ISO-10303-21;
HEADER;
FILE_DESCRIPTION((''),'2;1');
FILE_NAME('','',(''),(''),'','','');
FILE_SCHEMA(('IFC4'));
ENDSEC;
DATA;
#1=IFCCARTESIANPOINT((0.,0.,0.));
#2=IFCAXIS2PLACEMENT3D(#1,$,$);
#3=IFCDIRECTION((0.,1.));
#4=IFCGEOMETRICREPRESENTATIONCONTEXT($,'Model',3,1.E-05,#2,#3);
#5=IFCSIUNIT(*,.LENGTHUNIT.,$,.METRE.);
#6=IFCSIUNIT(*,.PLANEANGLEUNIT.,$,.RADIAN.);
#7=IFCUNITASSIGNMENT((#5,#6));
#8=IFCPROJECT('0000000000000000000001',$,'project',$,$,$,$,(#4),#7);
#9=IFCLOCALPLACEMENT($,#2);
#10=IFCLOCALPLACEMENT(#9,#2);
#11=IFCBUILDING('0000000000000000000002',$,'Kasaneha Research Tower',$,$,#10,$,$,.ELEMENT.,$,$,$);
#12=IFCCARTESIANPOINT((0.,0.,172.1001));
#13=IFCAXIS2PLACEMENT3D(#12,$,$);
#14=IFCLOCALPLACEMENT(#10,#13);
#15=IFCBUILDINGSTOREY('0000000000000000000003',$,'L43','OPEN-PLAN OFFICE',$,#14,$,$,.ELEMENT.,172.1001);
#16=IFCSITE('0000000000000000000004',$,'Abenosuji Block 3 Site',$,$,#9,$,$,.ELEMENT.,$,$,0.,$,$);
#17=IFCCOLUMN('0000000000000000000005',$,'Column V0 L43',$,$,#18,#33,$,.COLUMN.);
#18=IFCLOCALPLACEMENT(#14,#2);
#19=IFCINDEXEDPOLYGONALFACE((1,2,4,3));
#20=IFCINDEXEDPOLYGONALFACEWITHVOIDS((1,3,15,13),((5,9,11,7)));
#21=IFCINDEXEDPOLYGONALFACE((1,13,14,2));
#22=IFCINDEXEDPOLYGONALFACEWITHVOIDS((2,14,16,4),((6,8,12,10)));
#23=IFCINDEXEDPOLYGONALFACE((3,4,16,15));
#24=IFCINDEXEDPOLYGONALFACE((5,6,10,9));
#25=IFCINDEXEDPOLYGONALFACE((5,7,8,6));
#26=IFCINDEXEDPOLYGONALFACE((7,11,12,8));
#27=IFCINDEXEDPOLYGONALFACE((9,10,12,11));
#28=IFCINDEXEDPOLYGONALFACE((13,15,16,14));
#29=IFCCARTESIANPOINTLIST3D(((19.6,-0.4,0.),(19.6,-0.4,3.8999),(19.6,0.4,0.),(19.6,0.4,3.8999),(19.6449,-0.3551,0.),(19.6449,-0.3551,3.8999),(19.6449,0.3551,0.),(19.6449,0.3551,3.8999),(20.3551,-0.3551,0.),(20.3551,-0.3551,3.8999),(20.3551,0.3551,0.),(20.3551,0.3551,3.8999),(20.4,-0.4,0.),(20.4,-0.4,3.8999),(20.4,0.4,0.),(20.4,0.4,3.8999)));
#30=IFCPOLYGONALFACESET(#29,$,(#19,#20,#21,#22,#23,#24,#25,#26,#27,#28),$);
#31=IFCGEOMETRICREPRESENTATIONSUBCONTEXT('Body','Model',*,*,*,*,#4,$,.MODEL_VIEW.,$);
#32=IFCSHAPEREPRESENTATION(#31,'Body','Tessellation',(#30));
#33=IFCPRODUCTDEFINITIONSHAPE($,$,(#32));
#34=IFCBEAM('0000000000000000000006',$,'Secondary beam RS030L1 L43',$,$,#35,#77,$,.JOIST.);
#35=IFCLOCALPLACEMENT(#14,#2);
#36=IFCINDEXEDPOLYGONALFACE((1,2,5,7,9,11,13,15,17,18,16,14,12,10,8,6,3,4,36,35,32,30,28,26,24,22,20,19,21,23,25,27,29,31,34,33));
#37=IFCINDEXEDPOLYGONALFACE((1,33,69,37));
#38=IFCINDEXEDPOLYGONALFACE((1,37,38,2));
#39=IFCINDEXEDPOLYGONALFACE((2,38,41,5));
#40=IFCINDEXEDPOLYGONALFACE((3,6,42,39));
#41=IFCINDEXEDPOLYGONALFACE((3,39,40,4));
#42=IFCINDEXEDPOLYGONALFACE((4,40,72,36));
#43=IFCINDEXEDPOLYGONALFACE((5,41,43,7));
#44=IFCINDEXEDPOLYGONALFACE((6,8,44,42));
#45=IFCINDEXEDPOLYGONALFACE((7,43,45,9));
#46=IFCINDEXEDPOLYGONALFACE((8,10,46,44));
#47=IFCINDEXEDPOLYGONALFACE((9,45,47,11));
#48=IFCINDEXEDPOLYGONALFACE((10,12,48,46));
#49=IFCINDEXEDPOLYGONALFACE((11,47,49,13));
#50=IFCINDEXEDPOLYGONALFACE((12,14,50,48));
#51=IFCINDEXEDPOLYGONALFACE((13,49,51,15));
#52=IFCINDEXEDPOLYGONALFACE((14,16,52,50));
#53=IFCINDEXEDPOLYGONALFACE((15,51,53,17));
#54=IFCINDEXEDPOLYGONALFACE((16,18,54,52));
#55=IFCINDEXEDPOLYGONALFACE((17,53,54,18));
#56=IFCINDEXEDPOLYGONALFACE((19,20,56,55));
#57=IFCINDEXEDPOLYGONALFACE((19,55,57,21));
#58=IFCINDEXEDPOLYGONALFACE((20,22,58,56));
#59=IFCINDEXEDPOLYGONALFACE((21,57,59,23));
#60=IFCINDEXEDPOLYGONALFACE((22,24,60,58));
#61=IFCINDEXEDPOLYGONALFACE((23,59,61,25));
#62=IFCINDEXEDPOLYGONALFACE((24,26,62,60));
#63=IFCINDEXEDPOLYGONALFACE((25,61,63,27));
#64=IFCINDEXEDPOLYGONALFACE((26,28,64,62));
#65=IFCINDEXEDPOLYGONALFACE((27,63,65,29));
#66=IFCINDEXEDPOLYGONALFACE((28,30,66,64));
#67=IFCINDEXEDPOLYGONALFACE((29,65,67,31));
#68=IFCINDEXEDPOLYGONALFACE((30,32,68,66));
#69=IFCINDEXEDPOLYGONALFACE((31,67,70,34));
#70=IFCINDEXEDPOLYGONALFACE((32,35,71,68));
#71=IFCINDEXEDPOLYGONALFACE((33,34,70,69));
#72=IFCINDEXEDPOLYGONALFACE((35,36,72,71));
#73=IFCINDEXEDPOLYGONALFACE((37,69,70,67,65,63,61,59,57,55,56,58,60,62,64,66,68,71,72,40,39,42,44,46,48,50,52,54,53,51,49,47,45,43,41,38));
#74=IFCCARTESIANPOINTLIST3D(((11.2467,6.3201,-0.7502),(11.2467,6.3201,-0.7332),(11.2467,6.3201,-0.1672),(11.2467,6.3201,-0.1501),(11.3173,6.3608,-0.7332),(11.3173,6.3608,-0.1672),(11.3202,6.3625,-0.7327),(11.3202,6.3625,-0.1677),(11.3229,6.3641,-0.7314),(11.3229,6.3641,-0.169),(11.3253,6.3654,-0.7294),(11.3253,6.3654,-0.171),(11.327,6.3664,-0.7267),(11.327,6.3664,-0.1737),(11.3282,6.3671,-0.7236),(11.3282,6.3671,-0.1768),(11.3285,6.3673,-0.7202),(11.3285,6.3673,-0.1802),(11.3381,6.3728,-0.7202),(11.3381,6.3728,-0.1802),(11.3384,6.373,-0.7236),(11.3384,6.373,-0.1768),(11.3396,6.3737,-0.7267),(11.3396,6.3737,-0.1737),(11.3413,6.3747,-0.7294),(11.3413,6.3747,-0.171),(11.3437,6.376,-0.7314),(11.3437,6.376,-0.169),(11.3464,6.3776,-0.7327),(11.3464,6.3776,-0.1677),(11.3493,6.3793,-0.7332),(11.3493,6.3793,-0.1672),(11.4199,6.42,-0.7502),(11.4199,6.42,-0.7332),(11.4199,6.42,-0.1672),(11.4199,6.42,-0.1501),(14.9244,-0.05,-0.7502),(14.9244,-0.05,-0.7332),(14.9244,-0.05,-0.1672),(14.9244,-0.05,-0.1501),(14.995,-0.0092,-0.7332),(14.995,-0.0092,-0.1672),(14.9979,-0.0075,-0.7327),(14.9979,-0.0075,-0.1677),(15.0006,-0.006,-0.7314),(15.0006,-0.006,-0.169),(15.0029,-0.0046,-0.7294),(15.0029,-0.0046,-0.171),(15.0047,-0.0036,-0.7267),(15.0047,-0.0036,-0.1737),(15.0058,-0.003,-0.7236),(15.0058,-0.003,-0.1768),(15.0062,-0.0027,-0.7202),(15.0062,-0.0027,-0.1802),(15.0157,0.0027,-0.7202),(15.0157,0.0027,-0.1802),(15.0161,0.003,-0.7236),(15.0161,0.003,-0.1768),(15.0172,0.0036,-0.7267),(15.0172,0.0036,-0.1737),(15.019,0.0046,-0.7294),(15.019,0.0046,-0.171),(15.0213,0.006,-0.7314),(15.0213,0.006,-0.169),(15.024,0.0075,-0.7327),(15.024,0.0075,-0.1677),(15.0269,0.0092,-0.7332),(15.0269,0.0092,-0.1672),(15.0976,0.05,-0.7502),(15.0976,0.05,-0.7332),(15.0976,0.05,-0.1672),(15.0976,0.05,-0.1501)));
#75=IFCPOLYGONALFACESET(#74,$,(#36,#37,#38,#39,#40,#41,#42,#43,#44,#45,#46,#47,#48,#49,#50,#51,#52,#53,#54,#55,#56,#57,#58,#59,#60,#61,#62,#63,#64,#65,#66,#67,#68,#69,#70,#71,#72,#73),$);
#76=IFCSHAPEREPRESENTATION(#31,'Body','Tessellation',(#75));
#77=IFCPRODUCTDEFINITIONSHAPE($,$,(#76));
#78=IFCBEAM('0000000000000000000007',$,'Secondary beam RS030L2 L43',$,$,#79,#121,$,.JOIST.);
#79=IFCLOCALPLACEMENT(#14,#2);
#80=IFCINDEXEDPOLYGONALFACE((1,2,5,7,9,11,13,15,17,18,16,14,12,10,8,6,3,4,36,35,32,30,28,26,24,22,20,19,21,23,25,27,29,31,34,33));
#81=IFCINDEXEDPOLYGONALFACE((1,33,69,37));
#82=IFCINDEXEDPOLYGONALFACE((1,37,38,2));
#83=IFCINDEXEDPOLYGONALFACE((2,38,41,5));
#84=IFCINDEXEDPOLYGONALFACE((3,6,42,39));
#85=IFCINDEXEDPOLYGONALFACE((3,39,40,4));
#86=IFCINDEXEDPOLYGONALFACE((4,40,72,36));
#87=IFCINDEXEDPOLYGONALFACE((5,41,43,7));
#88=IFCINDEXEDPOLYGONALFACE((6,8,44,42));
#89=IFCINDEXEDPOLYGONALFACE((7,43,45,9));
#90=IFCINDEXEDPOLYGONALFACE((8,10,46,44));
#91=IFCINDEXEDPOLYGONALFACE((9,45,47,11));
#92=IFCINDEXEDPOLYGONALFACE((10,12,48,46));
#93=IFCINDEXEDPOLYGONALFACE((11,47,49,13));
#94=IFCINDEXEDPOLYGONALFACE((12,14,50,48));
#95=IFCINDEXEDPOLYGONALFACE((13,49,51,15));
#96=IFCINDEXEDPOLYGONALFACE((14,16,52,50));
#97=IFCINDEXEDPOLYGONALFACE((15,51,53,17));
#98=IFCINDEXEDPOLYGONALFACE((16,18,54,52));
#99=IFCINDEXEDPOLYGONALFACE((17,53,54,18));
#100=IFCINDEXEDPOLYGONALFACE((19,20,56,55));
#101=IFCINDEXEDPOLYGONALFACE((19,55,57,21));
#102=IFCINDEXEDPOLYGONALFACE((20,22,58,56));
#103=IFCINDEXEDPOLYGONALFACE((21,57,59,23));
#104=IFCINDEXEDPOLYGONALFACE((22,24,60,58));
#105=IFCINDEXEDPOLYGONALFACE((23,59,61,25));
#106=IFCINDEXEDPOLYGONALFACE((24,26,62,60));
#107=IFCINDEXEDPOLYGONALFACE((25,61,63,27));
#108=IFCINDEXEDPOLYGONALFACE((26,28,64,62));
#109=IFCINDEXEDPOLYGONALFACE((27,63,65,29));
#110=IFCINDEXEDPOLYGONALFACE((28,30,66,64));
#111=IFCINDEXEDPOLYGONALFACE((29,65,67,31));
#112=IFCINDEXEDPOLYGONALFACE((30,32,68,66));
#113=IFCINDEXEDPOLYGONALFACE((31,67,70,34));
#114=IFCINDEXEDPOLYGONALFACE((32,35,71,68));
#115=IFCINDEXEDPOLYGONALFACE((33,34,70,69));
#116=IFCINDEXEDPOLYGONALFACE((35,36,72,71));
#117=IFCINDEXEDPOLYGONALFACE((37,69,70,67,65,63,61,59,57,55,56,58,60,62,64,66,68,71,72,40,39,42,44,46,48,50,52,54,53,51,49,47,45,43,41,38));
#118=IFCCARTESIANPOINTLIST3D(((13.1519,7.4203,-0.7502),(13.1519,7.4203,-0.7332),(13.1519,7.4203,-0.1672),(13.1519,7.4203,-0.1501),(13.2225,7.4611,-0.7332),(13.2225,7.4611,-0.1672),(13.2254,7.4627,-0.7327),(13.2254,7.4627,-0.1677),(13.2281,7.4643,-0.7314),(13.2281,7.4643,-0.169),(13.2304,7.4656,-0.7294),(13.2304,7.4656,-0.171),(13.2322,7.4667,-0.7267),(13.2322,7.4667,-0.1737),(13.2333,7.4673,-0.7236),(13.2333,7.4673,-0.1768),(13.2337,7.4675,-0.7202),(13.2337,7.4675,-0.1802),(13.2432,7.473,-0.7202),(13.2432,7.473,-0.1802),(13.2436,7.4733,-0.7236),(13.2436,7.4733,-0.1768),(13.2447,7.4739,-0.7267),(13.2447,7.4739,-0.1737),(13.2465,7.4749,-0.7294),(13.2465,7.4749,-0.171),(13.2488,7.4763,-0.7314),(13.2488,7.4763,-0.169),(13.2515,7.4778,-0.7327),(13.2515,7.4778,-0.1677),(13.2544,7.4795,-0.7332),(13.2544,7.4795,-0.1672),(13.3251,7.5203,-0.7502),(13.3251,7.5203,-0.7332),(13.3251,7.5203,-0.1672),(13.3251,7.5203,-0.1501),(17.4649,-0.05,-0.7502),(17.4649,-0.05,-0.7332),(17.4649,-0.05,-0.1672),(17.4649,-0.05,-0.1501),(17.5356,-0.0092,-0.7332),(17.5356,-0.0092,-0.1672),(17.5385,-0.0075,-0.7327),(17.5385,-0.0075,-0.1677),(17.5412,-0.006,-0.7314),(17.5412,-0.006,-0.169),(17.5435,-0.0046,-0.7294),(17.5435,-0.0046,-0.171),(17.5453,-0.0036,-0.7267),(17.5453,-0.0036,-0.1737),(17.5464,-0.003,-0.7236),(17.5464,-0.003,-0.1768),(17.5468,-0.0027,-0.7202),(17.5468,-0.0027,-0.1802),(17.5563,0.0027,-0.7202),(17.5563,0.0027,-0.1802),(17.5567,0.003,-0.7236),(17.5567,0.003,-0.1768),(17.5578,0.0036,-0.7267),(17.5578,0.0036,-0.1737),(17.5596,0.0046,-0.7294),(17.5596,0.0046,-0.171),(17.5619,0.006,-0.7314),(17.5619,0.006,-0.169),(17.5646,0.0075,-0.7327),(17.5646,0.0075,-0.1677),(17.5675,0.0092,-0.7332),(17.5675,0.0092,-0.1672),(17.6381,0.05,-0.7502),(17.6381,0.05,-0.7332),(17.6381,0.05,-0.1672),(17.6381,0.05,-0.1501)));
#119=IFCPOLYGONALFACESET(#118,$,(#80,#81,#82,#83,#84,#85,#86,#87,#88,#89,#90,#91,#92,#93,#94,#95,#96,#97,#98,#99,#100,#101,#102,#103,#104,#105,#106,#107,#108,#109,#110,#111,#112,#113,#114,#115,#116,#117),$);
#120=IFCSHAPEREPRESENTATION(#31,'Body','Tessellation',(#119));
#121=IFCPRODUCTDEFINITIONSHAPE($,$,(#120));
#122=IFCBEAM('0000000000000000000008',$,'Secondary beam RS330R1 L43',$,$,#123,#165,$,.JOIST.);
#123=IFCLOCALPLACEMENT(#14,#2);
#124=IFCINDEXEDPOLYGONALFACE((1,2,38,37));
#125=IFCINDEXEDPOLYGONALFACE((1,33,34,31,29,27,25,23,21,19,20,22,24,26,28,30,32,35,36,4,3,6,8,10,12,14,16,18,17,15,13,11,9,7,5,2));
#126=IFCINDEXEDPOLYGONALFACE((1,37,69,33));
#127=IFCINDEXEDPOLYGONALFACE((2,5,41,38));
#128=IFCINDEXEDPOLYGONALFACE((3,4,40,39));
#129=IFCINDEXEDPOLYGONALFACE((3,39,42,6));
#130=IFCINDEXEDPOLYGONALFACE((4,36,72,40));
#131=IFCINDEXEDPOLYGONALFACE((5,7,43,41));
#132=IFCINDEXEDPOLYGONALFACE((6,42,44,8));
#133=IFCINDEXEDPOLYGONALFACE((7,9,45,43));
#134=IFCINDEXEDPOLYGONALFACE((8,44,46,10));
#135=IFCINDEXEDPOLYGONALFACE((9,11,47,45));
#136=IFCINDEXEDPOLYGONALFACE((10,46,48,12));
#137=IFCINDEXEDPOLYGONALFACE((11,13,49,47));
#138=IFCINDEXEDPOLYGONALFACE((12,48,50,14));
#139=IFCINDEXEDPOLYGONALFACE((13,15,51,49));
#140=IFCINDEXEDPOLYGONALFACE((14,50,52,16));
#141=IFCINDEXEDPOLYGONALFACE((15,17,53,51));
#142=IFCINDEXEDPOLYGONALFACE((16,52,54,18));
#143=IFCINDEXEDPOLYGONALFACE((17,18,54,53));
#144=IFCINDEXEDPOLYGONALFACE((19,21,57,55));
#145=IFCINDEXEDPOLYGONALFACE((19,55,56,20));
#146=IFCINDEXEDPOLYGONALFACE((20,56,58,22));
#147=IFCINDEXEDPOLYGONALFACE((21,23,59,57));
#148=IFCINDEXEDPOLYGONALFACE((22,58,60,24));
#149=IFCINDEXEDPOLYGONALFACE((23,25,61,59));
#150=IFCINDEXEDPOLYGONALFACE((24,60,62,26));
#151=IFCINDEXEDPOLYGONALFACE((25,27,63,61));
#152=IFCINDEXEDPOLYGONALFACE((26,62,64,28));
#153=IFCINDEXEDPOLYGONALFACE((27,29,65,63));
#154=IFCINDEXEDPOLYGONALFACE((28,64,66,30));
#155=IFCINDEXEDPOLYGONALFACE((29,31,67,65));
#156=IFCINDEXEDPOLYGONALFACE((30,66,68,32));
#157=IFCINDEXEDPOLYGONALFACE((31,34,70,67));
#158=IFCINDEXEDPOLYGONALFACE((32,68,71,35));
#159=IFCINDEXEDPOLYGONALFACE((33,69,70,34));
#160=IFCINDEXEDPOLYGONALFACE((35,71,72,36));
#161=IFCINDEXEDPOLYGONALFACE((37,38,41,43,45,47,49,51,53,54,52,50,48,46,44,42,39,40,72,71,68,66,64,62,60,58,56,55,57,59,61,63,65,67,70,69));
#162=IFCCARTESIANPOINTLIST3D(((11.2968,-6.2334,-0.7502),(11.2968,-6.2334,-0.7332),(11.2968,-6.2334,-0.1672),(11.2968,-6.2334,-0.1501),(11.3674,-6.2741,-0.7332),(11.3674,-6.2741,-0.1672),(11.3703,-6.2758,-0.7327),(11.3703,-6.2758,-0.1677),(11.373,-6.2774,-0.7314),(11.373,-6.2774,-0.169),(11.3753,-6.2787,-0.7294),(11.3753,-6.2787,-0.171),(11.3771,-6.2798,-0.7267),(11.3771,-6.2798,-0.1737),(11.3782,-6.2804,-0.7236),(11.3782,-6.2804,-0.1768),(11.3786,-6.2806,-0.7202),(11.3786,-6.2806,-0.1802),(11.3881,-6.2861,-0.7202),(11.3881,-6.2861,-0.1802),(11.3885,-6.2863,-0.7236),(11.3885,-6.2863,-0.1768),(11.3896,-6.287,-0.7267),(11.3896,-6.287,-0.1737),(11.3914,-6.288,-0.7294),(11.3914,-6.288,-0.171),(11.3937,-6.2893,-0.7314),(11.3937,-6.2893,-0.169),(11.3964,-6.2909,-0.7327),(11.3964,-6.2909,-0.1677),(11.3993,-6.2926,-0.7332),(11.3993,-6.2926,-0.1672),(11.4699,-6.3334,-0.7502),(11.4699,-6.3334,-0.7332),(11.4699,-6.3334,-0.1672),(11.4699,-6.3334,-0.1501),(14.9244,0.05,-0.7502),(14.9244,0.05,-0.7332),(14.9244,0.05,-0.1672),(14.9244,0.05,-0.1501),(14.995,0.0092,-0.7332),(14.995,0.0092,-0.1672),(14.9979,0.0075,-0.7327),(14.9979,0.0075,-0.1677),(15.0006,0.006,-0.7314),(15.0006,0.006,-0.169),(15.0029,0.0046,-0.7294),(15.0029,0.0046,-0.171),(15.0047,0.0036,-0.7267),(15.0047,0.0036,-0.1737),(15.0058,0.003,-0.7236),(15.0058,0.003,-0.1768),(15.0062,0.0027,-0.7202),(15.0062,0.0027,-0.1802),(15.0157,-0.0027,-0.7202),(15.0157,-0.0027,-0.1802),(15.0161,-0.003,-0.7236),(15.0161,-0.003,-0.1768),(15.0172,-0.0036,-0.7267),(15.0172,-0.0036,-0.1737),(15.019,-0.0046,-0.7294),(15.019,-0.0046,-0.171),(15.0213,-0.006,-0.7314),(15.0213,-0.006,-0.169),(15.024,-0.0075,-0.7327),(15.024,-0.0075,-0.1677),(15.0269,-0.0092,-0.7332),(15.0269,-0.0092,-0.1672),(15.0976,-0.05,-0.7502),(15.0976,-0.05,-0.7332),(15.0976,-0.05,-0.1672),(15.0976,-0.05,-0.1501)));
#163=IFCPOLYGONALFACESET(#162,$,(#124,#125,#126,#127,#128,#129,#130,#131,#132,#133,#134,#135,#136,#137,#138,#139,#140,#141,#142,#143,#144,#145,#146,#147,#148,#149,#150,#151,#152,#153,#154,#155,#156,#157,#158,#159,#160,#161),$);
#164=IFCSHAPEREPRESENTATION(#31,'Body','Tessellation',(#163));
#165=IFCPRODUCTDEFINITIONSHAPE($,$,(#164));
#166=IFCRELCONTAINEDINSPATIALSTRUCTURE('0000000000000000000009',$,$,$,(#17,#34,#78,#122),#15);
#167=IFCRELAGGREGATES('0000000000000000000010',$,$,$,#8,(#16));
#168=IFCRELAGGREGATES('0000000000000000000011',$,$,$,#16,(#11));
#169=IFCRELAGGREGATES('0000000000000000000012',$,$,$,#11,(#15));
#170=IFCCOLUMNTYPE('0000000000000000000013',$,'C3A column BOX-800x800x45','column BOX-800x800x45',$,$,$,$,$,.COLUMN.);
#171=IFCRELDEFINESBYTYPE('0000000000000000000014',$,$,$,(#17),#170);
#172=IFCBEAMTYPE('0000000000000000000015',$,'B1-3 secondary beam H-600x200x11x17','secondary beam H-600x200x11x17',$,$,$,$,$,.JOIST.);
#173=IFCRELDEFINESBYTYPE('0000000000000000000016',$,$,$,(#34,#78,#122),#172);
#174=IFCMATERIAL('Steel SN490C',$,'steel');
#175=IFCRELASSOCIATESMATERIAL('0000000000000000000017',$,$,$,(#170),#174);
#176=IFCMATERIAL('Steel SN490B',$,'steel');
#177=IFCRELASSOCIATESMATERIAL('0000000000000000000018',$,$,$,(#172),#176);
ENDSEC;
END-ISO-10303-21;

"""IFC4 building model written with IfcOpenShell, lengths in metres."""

from ifc_helpers import new_model, si_unit, direction, frame, origin, origin_2d, place, context, subcontext, project, spatial, hollow_rectangle, i_section, extrude, material, material_profile, profile_set, type_object, element, save


model = new_model("IFC4")

# Units and contexts
model_context = context("Model", 3, precision=1e-05, world=origin(), true_north=direction((0.0, 1.0)))
body_context = subcontext(model_context, "Body", "Model", "MODEL_VIEW")
ifc_project = project(units=[si_unit("LENGTHUNIT", "METRE"), si_unit("PLANEANGLEUNIT", "RADIAN")], contexts=[model_context])

# Site, building, storey
site_placement = place(None, origin())
site = spatial("IfcSite", under=ifc_project, at=site_placement, Name="Abenosuji Block 3 Site", CompositionType="ELEMENT", RefElevation=0.0)
building_placement = place(site_placement, origin())
building = spatial("IfcBuilding", under=site, at=building_placement, Name="Kasaneha Research Tower", CompositionType="ELEMENT")
storey_placement = place(building_placement, frame((0.0, 0.0, 172.1001)))
storey = spatial("IfcBuildingStorey", under=building, at=storey_placement, Name="L43", Description="OPEN-PLAN OFFICE", CompositionType="ELEMENT", Elevation=172.1001)

# Column
ifc_material_1 = material(Name="Steel SN490C", Category="steel")
ifc_material_profile_1 = material_profile(ifc_material_1, hollow_rectangle(XDim=0.8, YDim=0.8, WallThickness=0.0449, at=origin_2d()), Name="BOX-800x800x45")
ifc_profile_set_1 = profile_set([ifc_material_profile_1], Name="Steel SN490C")
column_type = type_object("IfcColumnType", Name="C3A column BOX-800x800x45", Description="column BOX-800x800x45", PredefinedType="COLUMN", material=ifc_profile_set_1)
column_placement = place(storey_placement, frame((20.0, 0.0, 0.0), z_axis=(0.0, 0.0, 1.0), x_axis=(1.0, 0.0, 0.0)))
element("IfcColumn", 1, at=column_placement, inside=storey, type_object=column_type, Name="Column V0 L43", PredefinedType="COLUMN", context=body_context, shape_type="SweptSolid", body=[
    extrude(hollow_rectangle(XDim=0.8, YDim=0.8, WallThickness=0.0449, at=origin_2d()), origin(), (0.0, 0.0, 1.0), 3.8999),
])

# Beams
ifc_material_2 = material(Name="Steel SN490B", Category="steel")
ifc_material_profile_2 = material_profile(ifc_material_2, i_section(OverallWidth=0.2, OverallDepth=0.6001, WebThickness=0.011, FlangeThickness=0.0171, FilletRadius=0.0129, at=origin_2d()), Name="H-600x200x11x17")
ifc_profile_set_2 = profile_set([ifc_material_profile_2], Name="Steel SN490B")
beam_type_1 = type_object("IfcBeamType", Name="B1-3 secondary beam H-600x200x11x17", Description="secondary beam H-600x200x11x17", PredefinedType="JOIST", material=ifc_profile_set_2)
beam_1_placement = place(storey_placement, frame((15.011, 0.0, -0.4502), z_axis=(-0.499994, 0.866029, 0.0), x_axis=(-0.866029, -0.499994, 0.0)))
element("IfcBeam", 2, at=beam_1_placement, inside=storey, type_object=beam_type_1, Name="Secondary beam RS030L1 L43", PredefinedType="JOIST", context=body_context, shape_type="SweptSolid", body=[
    extrude(i_section(OverallWidth=0.2, OverallDepth=0.6001, WebThickness=0.011, FlangeThickness=0.0171, FilletRadius=0.0129, at=origin_2d()), origin(), (0.0, 0.0, 1.0), 7.3555),
])
beam_2_placement = place(storey_placement, frame((17.5515, 0.0, -0.4502), z_axis=(-0.500005, 0.866023, 0.0), x_axis=(-0.866023, -0.500005, 0.0)))
element("IfcBeam", 3, at=beam_2_placement, inside=storey, type_object=beam_type_1, Name="Secondary beam RS030L2 L43", PredefinedType="JOIST", context=body_context, shape_type="SweptSolid", body=[
    extrude(i_section(OverallWidth=0.2, OverallDepth=0.6001, WebThickness=0.011, FlangeThickness=0.0171, FilletRadius=0.0129, at=origin_2d()), origin(), (0.0, 0.0, 1.0), 8.626),
])
beam_3_placement = place(storey_placement, frame((15.011, 0.0, -0.4502), z_axis=(-0.499993, -0.866029, 0.0), x_axis=(0.866029, -0.499993, 0.0)))
element("IfcBeam", 4, at=beam_3_placement, inside=storey, type_object=beam_type_1, Name="Secondary beam RS330R1 L43", PredefinedType="JOIST", context=body_context, shape_type="SweptSolid", body=[
    extrude(i_section(OverallWidth=0.2, OverallDepth=0.6001, WebThickness=0.011, FlangeThickness=0.0171, FilletRadius=0.0129, at=origin_2d()), origin(), (0.0, 0.0, 1.0), 7.2554),
])

save(model, "model.ifc")
